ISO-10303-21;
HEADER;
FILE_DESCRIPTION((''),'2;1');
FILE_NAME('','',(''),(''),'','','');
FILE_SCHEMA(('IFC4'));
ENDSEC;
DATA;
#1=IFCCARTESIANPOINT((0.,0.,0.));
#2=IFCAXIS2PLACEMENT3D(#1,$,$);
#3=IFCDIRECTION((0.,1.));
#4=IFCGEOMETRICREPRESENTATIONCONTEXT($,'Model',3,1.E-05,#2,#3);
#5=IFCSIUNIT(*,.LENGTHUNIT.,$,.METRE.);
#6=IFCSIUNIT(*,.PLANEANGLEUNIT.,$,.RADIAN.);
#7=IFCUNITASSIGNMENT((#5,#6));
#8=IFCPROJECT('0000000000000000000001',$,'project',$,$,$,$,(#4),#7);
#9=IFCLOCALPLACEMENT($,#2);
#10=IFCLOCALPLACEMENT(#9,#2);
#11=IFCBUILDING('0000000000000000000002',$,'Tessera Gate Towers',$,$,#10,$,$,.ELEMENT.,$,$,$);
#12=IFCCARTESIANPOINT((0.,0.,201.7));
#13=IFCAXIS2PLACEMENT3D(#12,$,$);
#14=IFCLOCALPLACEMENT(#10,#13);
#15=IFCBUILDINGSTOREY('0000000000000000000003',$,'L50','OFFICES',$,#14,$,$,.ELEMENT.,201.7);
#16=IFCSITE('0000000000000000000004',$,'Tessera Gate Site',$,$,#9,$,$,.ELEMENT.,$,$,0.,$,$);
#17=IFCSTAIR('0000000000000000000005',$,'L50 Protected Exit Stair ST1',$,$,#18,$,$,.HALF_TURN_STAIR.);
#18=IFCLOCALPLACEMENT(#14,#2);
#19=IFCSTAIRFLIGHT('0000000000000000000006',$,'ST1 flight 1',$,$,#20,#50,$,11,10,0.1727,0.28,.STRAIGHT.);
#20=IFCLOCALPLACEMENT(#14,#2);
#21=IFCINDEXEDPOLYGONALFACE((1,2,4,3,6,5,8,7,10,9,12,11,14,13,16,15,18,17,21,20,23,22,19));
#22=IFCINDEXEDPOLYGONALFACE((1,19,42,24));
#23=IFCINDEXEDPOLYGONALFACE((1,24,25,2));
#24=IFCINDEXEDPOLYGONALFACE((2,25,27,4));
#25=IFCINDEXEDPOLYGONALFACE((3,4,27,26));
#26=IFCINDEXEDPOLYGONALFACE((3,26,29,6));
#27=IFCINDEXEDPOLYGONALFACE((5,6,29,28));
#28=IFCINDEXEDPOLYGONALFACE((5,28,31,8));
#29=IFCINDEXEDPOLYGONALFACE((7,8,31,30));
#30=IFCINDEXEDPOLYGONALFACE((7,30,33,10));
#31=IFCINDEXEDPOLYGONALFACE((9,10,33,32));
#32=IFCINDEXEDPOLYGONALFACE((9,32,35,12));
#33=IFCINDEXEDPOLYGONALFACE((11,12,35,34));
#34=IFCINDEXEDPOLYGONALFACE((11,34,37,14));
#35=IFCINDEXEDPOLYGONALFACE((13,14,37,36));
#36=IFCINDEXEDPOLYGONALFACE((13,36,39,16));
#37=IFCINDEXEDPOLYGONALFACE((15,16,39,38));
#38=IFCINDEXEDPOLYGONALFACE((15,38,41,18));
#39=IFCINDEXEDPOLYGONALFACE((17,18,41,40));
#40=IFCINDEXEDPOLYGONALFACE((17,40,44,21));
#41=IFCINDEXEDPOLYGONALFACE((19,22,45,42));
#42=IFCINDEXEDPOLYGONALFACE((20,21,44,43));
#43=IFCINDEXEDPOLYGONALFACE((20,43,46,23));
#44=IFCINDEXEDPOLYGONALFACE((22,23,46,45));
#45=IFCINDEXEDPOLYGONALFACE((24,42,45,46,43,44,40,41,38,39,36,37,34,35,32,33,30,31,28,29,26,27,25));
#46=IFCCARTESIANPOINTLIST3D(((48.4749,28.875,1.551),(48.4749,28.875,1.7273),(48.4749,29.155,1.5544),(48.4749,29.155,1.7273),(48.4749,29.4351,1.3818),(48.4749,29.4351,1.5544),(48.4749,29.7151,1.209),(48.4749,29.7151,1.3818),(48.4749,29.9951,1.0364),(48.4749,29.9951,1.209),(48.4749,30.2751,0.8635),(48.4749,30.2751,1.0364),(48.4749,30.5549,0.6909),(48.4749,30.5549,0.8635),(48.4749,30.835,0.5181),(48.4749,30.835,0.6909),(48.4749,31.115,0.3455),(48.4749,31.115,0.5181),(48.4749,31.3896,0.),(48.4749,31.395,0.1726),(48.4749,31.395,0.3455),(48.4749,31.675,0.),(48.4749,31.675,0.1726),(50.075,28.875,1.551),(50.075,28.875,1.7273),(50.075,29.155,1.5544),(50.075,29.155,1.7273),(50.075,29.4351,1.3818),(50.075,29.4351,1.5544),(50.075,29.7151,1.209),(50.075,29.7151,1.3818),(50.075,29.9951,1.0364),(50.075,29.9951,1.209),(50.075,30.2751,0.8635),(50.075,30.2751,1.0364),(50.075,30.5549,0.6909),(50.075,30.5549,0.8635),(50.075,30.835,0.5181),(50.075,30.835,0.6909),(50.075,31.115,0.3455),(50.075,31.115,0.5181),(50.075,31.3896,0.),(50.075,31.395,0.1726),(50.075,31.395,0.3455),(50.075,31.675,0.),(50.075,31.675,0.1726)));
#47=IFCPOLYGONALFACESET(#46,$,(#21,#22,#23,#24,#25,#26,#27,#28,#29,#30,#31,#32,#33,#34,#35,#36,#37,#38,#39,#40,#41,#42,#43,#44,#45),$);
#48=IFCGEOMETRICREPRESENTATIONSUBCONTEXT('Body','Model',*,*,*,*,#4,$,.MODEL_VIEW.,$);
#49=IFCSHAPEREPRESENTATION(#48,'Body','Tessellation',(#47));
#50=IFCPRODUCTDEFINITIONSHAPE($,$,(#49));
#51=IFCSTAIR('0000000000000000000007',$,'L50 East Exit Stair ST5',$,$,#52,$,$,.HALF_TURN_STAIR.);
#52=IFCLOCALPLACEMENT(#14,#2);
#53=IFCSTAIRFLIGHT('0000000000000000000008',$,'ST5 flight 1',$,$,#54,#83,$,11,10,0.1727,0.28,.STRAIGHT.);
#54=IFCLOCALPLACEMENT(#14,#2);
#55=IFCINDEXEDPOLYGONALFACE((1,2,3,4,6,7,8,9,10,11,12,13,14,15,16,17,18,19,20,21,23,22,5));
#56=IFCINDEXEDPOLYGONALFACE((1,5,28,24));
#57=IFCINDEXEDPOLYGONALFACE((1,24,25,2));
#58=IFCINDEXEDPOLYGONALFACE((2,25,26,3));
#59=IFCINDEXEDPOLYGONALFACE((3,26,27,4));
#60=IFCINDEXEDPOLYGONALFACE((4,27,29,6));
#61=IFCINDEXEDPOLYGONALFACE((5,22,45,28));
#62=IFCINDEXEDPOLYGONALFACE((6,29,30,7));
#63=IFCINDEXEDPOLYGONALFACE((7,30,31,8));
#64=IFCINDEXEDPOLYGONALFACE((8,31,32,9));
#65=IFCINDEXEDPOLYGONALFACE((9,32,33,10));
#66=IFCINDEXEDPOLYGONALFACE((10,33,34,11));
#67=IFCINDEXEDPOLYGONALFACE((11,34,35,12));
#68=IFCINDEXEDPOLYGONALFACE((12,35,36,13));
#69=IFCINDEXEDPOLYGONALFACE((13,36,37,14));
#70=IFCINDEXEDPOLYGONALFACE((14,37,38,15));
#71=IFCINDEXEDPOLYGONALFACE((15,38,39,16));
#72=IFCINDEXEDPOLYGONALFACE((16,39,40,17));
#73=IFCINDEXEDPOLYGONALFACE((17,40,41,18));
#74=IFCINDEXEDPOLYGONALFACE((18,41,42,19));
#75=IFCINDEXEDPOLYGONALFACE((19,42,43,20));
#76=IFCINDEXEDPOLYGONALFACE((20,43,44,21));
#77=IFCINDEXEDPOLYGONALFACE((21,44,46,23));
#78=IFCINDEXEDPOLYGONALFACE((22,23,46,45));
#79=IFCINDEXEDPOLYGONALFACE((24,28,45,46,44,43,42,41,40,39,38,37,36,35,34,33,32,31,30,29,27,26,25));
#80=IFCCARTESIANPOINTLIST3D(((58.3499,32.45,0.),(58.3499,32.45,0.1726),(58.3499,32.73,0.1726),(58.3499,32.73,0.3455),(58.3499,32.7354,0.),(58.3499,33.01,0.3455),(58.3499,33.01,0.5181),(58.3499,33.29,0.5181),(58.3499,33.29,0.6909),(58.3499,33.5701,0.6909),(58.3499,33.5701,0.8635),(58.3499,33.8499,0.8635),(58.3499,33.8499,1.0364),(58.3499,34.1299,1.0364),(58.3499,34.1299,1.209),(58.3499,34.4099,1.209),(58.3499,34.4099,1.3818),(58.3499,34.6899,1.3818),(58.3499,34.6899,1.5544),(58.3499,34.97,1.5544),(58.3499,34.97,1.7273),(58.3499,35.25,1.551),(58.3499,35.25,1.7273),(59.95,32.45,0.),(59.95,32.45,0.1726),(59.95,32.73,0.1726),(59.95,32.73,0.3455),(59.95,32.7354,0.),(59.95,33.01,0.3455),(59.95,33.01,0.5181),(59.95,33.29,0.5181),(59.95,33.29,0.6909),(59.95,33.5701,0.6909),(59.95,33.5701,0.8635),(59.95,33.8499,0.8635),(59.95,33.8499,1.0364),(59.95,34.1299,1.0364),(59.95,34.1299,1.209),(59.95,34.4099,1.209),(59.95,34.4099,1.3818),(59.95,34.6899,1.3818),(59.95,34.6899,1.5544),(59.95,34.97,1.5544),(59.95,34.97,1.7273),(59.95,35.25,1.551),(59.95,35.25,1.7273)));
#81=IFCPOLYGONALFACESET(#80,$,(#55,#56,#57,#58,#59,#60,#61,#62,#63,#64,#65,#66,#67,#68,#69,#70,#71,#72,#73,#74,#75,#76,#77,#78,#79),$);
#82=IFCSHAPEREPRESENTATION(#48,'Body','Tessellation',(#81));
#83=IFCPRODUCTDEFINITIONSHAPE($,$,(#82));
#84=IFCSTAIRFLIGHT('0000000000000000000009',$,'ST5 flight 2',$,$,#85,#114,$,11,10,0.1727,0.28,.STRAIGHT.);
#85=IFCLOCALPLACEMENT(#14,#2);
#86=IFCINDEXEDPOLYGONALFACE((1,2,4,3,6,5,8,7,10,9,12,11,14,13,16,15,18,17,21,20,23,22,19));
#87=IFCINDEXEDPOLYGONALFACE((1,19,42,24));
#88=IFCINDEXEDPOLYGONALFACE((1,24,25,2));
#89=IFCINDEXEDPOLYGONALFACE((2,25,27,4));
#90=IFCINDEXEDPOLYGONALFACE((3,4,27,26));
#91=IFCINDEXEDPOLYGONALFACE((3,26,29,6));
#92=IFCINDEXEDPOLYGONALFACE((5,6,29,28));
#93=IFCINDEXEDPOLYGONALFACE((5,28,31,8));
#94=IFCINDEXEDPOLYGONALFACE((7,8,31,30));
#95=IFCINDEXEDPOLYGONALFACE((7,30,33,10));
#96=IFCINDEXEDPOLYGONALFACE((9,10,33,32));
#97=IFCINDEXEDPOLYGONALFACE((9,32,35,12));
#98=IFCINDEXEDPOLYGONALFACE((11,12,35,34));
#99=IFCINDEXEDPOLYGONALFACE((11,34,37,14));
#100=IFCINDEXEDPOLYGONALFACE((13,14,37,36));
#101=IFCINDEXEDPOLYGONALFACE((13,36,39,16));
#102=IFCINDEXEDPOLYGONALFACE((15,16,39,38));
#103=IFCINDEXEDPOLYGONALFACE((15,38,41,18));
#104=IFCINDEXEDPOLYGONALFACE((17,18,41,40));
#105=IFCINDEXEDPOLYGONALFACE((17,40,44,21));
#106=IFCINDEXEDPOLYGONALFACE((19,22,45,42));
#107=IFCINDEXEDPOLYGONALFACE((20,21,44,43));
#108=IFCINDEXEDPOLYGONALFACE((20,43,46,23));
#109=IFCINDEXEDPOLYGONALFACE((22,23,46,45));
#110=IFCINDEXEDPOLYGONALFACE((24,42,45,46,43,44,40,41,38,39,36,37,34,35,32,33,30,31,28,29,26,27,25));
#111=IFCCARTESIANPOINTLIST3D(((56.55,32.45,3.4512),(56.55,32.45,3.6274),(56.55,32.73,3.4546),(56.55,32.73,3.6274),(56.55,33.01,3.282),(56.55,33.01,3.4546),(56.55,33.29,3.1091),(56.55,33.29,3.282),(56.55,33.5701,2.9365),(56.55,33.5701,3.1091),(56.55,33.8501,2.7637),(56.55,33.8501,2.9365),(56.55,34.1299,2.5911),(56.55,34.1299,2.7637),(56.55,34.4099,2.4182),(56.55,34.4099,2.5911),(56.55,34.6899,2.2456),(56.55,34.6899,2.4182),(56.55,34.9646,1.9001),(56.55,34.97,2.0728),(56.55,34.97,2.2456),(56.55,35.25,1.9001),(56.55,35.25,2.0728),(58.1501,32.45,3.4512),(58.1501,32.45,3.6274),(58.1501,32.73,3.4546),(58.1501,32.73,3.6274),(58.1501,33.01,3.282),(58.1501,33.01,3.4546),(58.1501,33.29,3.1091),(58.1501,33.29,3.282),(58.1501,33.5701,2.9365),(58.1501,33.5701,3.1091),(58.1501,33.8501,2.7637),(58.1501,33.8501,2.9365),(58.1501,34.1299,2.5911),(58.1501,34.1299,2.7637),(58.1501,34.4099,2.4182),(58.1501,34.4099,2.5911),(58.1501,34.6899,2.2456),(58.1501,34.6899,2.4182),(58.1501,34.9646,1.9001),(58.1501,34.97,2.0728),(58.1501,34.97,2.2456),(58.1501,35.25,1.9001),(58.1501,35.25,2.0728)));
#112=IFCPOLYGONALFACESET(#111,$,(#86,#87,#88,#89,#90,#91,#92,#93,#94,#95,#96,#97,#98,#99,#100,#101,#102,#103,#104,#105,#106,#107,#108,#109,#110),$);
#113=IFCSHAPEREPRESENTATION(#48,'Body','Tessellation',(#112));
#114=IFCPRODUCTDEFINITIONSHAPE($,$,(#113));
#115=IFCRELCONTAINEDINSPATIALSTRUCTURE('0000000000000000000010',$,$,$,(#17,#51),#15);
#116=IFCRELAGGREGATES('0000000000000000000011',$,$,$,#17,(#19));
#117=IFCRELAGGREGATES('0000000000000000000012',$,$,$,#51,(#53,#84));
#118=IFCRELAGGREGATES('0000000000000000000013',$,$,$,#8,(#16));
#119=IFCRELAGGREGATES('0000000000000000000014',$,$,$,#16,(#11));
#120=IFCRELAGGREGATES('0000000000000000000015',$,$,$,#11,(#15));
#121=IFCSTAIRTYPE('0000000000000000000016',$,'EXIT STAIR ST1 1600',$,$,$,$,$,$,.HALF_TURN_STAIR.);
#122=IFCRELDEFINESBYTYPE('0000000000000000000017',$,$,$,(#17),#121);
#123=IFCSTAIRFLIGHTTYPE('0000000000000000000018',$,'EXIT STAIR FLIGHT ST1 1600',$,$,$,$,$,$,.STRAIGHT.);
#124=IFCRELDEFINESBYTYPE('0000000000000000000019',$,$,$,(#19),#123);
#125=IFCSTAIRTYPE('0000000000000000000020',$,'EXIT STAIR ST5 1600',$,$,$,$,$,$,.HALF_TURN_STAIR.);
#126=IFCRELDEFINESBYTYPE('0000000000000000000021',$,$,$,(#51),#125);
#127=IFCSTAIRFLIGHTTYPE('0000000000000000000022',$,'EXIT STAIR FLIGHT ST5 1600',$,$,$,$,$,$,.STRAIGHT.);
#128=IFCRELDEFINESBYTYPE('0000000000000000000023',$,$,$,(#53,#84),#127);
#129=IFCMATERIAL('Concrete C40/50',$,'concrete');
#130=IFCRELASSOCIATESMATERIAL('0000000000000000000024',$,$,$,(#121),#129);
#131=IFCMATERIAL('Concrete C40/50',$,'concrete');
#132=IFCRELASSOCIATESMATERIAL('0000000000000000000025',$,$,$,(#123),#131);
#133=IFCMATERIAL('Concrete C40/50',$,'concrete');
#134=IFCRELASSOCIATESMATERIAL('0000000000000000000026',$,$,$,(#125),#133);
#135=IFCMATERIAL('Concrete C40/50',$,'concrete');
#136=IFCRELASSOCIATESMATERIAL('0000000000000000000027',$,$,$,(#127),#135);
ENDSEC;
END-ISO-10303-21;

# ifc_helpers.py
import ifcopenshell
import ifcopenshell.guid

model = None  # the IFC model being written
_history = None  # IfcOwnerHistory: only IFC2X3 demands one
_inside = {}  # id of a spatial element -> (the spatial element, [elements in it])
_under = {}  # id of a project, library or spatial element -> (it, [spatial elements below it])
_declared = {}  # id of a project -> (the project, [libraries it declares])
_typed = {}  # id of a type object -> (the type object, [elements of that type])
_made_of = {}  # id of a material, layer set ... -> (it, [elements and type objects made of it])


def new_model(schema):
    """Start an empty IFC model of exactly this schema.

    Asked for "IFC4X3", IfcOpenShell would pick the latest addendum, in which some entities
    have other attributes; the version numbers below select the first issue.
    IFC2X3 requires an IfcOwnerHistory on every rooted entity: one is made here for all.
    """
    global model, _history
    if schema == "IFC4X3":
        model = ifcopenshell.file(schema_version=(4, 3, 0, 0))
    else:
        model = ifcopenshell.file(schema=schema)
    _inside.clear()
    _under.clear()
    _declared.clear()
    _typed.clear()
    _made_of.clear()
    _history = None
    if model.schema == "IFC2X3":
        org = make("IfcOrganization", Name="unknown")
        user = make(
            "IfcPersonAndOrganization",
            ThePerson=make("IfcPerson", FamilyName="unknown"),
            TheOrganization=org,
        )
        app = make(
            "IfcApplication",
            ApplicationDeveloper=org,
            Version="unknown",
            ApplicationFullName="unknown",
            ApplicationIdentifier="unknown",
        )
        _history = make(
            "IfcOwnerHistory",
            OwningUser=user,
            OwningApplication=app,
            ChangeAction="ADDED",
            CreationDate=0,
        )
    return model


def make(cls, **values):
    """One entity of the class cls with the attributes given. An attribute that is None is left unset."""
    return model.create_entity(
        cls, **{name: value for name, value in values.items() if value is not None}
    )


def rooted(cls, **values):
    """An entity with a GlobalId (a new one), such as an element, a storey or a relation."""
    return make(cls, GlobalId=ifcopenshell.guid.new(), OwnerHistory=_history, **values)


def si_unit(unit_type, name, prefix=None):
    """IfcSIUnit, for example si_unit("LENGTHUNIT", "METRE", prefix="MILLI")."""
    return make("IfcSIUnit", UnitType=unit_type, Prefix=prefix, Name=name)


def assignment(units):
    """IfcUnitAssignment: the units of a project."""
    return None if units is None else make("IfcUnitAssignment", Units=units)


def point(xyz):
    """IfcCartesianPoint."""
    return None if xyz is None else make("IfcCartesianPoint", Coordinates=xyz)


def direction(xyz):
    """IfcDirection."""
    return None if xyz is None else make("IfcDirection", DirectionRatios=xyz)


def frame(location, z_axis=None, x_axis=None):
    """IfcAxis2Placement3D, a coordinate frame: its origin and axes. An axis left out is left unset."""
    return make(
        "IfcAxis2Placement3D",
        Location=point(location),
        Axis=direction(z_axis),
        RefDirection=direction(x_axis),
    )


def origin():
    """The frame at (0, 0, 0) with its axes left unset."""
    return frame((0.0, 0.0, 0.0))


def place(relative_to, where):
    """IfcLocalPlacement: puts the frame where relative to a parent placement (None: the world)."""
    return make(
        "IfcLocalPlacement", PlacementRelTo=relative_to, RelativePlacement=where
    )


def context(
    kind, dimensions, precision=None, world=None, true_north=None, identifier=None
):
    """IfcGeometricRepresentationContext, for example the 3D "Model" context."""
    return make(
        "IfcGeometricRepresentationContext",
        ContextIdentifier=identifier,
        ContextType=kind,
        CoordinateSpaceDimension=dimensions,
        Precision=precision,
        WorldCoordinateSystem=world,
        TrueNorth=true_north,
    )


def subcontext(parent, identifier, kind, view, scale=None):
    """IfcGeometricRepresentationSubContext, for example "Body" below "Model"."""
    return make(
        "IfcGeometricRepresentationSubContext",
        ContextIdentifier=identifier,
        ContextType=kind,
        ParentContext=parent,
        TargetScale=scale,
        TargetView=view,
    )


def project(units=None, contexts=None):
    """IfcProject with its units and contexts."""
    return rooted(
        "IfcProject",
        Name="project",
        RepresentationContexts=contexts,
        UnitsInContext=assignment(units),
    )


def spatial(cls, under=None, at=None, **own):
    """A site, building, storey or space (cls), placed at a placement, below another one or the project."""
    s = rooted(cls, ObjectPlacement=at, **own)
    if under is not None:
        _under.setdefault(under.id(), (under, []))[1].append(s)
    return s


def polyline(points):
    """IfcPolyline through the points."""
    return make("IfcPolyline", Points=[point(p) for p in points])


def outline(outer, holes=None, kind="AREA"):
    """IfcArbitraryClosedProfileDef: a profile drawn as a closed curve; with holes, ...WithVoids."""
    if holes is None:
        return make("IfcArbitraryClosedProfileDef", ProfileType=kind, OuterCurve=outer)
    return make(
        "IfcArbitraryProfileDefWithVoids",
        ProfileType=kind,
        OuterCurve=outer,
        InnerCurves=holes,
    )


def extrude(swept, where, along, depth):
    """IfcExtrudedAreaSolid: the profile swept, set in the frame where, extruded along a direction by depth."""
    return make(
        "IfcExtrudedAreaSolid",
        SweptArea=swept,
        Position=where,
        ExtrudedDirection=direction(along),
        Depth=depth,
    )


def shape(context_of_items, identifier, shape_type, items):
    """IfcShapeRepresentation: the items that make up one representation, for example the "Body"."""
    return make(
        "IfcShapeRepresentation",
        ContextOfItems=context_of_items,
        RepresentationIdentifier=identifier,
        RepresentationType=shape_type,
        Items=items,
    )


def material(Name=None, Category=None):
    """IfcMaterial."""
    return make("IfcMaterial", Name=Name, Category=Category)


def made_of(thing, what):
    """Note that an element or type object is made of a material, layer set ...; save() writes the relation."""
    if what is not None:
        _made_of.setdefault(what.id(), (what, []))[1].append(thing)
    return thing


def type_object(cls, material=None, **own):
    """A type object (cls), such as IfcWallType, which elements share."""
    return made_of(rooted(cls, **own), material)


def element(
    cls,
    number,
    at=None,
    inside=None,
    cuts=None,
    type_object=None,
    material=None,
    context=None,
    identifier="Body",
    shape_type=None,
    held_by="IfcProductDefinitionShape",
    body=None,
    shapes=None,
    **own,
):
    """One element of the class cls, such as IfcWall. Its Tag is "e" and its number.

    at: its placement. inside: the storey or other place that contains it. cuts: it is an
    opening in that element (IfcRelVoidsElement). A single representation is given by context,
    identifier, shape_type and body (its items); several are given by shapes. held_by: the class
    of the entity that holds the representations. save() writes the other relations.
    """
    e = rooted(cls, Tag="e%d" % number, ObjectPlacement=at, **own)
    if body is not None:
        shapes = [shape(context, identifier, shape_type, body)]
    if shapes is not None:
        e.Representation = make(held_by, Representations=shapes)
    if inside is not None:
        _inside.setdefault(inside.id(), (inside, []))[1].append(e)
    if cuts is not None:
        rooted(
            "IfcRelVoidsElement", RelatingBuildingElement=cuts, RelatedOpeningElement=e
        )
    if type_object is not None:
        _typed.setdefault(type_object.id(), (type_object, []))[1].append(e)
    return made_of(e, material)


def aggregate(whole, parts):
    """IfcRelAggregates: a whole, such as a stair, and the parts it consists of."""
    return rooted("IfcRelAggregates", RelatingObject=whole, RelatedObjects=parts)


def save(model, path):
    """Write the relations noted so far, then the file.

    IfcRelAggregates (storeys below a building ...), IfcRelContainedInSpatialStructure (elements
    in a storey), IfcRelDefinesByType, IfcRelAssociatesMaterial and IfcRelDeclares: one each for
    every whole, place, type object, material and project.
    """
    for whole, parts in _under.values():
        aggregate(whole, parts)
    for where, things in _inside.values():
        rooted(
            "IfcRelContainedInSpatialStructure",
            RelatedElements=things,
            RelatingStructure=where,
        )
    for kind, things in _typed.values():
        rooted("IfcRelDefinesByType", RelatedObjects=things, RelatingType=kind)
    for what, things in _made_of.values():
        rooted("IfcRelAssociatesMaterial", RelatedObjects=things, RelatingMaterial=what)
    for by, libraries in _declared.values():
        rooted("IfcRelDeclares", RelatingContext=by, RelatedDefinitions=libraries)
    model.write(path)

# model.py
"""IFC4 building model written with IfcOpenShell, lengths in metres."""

from ifc_helpers import new_model, si_unit, direction, frame, origin, place, context, subcontext, project, spatial, polyline, outline, extrude, material, type_object, element, aggregate, save


model = new_model("IFC4")

# Units and contexts
model_context = context("Model", 3, precision=1e-05, world=origin(), true_north=direction((0.0, 1.0)))
body_context = subcontext(model_context, "Body", "Model", "MODEL_VIEW")
ifc_project = project(units=[si_unit("LENGTHUNIT", "METRE"), si_unit("PLANEANGLEUNIT", "RADIAN")], contexts=[model_context])

# Site, building, storey
site_placement = place(None, origin())
site = spatial("IfcSite", under=ifc_project, at=site_placement, Name="Tessera Gate Site", CompositionType="ELEMENT", RefElevation=0.0)
building_placement = place(site_placement, origin())
building = spatial("IfcBuilding", under=site, at=building_placement, Name="Tessera Gate Towers", CompositionType="ELEMENT")
storey_placement = place(building_placement, frame((0.0, 0.0, 201.7)))
storey = spatial("IfcBuildingStorey", under=building, at=storey_placement, Name="L50", Description="OFFICES", CompositionType="ELEMENT", Elevation=201.7)

# Stair, stair flight
ifc_material_1 = material(Name="Concrete C40/50", Category="concrete")
stair_type_1 = type_object("IfcStairType", Name="EXIT STAIR ST1 1600", PredefinedType="HALF_TURN_STAIR", material=ifc_material_1)
stair_1_placement = place(storey_placement, origin())
stair_1 = element("IfcStair", 1, at=stair_1_placement, inside=storey, type_object=stair_type_1, Name="L50 Protected Exit Stair ST1", PredefinedType="HALF_TURN_STAIR")
ifc_material_2 = material(Name="Concrete C40/50", Category="concrete")
stair_flight_type_1 = type_object("IfcStairFlightType", Name="EXIT STAIR FLIGHT ST1 1600", PredefinedType="STRAIGHT", material=ifc_material_2)
stair_flight_1_placement = place(storey_placement, frame((49.2749, 31.675, 0.0), z_axis=(0.0, 0.0, 1.0), x_axis=(0.0, -1.0, 0.0)))
stair_flight_1 = element("IfcStairFlight", 2, at=stair_flight_1_placement, type_object=stair_flight_type_1, Name="ST1 flight 1", NumberOfRisers=11, NumberOfTreads=10, PredefinedType="STRAIGHT", RiserHeight=0.1727, TreadLength=0.28, context=body_context, shape_type="SweptSolid", body=[
    extrude(outline(polyline([(0.0, 0.0), (0.0, 0.1726), (0.28, 0.1726), (0.28, 0.3455), (0.5601, 0.3455), (0.5601, 0.5181), (0.8401, 0.5181), (0.8401, 0.6909), (1.1201, 0.6909), (1.1201, 0.8635), (1.3999, 0.8635), (1.3999, 1.0364), (1.6799, 1.0364), (1.6799, 1.209), (1.96, 1.209), (1.96, 1.3818), (2.24, 1.3818), (2.24, 1.5544), (2.52, 1.5544), (2.52, 1.7273), (2.8, 1.7273), (2.8, 1.8999), (2.8, 1.551), (0.2854, 0.0), (0.0, 0.0)])), frame((0.0, 0.8, 0.0), z_axis=(0.0, -1.0, 0.0), x_axis=(1.0, 0.0, 0.0)), (0.0, 0.0, 1.0), 1.6001),
])
aggregate(stair_1, [stair_flight_1])

# Stair, stair flights
ifc_material_3 = material(Name="Concrete C40/50", Category="concrete")
stair_type_2 = type_object("IfcStairType", Name="EXIT STAIR ST5 1600", PredefinedType="HALF_TURN_STAIR", material=ifc_material_3)
stair_2_placement = place(storey_placement, origin())
stair_2 = element("IfcStair", 3, at=stair_2_placement, inside=storey, type_object=stair_type_2, Name="L50 East Exit Stair ST5", PredefinedType="HALF_TURN_STAIR")
ifc_material_4 = material(Name="Concrete C40/50", Category="concrete")
stair_flight_type_2 = type_object("IfcStairFlightType", Name="EXIT STAIR FLIGHT ST5 1600", PredefinedType="STRAIGHT", material=ifc_material_4)
stair_flight_2_placement = place(storey_placement, frame((59.1499, 32.45, 0.0), z_axis=(0.0, 0.0, 1.0), x_axis=(0.0, 1.0, 0.0)))
stair_flight_2 = element("IfcStairFlight", 4, at=stair_flight_2_placement, type_object=stair_flight_type_2, Name="ST5 flight 1", NumberOfRisers=11, NumberOfTreads=10, PredefinedType="STRAIGHT", RiserHeight=0.1727, TreadLength=0.28, context=body_context, shape_type="SweptSolid", body=[
    extrude(outline(polyline([(0.0, 0.0), (0.0, 0.1726), (0.28, 0.1726), (0.28, 0.3455), (0.5601, 0.3455), (0.5601, 0.5181), (0.8401, 0.5181), (0.8401, 0.6909), (1.1201, 0.6909), (1.1201, 0.8635), (1.3999, 0.8635), (1.3999, 1.0364), (1.6799, 1.0364), (1.6799, 1.209), (1.96, 1.209), (1.96, 1.3818), (2.24, 1.3818), (2.24, 1.5544), (2.52, 1.5544), (2.52, 1.7273), (2.8, 1.7273), (2.8, 1.8999), (2.8, 1.551), (0.2854, 0.0), (0.0, 0.0)])), frame((0.0, 0.8, 0.0), z_axis=(0.0, -1.0, 0.0), x_axis=(1.0, 0.0, 0.0)), (0.0, 0.0, 1.0), 1.6001),
])
stair_flight_3_placement = place(storey_placement, frame((57.3501, 35.25, 1.9001), z_axis=(0.0, 0.0, 1.0), x_axis=(0.0, -1.0, 0.0)))
stair_flight_3 = element("IfcStairFlight", 5, at=stair_flight_3_placement, type_object=stair_flight_type_2, Name="ST5 flight 2", NumberOfRisers=11, NumberOfTreads=10, PredefinedType="STRAIGHT", RiserHeight=0.1727, TreadLength=0.28, context=body_context, shape_type="SweptSolid", body=[
    extrude(outline(polyline([(0.0, 0.0), (0.0, 0.1726), (0.28, 0.1726), (0.28, 0.3455), (0.5601, 0.3455), (0.5601, 0.5181), (0.8401, 0.5181), (0.8401, 0.6909), (1.1201, 0.6909), (1.1201, 0.8635), (1.3999, 0.8635), (1.3999, 1.0364), (1.6799, 1.0364), (1.6799, 1.209), (1.96, 1.209), (1.96, 1.3818), (2.24, 1.3818), (2.24, 1.5544), (2.52, 1.5544), (2.52, 1.7273), (2.8, 1.7273), (2.8, 1.8999), (2.8, 1.551), (0.2854, 0.0), (0.0, 0.0)])), frame((0.0, 0.8, 0.0), z_axis=(0.0, -1.0, 0.0), x_axis=(1.0, 0.0, 0.0)), (0.0, 0.0, 1.0), 1.6001),
])
aggregate(stair_2, [stair_flight_2, stair_flight_3])

save(model, "model.ifc")
